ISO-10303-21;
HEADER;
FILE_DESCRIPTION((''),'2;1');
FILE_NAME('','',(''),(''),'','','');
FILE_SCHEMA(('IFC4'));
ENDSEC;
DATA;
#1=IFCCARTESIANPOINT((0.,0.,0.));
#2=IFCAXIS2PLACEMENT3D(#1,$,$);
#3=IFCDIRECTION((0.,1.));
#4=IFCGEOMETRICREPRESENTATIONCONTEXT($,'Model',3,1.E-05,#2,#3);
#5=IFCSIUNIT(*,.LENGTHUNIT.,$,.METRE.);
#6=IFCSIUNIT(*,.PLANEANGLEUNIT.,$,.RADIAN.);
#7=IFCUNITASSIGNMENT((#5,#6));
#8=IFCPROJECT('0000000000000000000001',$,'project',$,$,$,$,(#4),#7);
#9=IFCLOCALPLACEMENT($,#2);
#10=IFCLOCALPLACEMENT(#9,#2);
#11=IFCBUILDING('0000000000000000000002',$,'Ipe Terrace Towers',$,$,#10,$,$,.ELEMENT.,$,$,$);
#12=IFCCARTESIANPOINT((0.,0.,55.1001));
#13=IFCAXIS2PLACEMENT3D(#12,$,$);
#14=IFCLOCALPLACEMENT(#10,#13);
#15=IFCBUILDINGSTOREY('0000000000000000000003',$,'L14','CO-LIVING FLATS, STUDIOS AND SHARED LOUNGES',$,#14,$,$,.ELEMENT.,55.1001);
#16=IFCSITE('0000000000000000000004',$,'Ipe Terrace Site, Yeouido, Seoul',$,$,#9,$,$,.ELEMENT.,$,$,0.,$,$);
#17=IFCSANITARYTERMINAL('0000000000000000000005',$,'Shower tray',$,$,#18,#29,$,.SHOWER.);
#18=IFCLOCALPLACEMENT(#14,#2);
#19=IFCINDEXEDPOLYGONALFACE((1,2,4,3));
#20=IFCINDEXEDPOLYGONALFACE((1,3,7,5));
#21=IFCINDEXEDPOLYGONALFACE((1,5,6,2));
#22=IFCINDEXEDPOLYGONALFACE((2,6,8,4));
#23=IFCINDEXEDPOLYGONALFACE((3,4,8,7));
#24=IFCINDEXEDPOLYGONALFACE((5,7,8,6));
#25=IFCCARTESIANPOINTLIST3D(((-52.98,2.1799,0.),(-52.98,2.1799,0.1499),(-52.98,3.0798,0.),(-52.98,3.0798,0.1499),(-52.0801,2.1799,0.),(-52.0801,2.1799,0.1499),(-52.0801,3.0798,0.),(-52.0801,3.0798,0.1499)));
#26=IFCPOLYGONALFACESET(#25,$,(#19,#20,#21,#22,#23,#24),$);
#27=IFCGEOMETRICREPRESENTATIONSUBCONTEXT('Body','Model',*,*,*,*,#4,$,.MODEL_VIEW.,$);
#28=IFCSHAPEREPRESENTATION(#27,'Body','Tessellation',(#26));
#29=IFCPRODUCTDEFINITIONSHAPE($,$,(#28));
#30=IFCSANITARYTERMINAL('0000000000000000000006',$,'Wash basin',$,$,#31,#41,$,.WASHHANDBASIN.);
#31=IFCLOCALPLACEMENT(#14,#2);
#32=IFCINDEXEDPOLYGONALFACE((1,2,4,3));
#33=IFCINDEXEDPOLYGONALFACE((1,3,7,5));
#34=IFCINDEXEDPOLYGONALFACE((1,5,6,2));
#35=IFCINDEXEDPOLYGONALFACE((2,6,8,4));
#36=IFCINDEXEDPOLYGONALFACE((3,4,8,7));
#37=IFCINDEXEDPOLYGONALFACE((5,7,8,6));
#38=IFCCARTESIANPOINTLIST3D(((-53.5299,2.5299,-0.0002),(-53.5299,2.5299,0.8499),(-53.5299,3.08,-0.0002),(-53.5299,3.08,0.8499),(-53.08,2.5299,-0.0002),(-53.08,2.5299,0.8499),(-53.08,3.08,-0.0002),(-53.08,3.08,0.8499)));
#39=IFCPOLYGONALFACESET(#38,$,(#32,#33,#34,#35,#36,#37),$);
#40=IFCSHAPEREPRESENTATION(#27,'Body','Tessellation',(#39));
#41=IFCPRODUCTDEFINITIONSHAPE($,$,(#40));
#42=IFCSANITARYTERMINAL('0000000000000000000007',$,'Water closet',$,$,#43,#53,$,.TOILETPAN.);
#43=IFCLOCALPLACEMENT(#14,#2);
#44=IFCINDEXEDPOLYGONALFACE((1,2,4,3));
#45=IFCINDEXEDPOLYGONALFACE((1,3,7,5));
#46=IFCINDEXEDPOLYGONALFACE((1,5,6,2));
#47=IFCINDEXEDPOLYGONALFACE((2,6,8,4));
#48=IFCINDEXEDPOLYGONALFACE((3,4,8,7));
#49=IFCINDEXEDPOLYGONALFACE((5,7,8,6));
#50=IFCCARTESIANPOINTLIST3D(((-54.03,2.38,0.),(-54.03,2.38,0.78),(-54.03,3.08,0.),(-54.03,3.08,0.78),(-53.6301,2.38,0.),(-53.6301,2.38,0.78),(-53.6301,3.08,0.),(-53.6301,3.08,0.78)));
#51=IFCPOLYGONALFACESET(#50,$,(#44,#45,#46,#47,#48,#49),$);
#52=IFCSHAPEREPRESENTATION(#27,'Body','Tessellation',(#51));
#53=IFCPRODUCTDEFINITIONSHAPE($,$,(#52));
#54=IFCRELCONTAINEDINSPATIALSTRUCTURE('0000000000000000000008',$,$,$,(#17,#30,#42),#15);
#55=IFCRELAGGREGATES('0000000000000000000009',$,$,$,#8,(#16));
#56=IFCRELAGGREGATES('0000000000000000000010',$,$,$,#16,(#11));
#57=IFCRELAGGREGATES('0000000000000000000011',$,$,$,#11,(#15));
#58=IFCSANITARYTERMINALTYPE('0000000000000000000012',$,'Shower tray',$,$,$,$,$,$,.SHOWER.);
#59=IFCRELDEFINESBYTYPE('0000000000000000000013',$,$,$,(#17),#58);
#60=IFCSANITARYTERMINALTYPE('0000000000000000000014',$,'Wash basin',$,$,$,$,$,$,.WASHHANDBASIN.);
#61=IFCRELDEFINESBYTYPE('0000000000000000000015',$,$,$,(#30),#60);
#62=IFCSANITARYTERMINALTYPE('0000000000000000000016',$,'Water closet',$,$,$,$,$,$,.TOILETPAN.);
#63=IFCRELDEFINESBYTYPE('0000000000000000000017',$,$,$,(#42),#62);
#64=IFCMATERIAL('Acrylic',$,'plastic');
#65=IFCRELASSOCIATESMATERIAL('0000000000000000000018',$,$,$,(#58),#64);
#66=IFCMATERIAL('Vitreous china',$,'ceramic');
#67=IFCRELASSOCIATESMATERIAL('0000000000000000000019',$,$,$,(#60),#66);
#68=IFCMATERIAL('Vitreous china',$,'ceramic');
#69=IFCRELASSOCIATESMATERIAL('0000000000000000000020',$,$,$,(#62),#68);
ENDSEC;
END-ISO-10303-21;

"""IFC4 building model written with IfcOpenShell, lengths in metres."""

from ifc_helpers import new_model, si_unit, direction, frame, origin, origin_2d, place, context, subcontext, project, spatial, rectangle, extrude, material, type_object, element, save


model = new_model("IFC4")

# Units and contexts
model_context = context("Model", 3, precision=1e-05, world=origin(), true_north=direction((0.0, 1.0)))
body_context = subcontext(model_context, "Body", "Model", "MODEL_VIEW")
ifc_project = project(units=[si_unit("LENGTHUNIT", "METRE"), si_unit("PLANEANGLEUNIT", "RADIAN")], contexts=[model_context])

# Site, building, storey
site_placement = place(None, origin())
site = spatial("IfcSite", under=ifc_project, at=site_placement, Name="Ipe Terrace Site, Yeouido, Seoul", CompositionType="ELEMENT", RefElevation=0.0)
building_placement = place(site_placement, origin())
building = spatial("IfcBuilding", under=site, at=building_placement, Name="Ipe Terrace Towers", CompositionType="ELEMENT")
storey_placement = place(building_placement, frame((0.0, 0.0, 55.1001)))
storey = spatial("IfcBuildingStorey", under=building, at=storey_placement, Name="L14", Description="CO-LIVING FLATS, STUDIOS AND SHARED LOUNGES", CompositionType="ELEMENT", Elevation=55.1001)

# Sanitary terminals
ifc_material_1 = material(Name="Acrylic", Category="plastic")
sanitary_terminal_type_1 = type_object("IfcSanitaryTerminalType", Name="Shower tray", PredefinedType="SHOWER", material=ifc_material_1)
sanitary_terminal_1_placement = place(storey_placement, frame((-52.53, 2.6299, 0.0), z_axis=(0.0, 0.0, 1.0), x_axis=(0.0, -1.0, 0.0)))
element("IfcSanitaryTerminal", 1, at=sanitary_terminal_1_placement, inside=storey, type_object=sanitary_terminal_type_1, Name="Shower tray", PredefinedType="SHOWER", context=body_context, shape_type="SweptSolid", body=[
    extrude(rectangle(XDim=0.8999, YDim=0.8999, at=origin_2d()), origin(), (0.0, 0.0, 1.0), 0.1499),
])
ifc_material_2 = material(Name="Vitreous china", Category="ceramic")
sanitary_terminal_type_2 = type_object("IfcSanitaryTerminalType", Name="Wash basin", PredefinedType="WASHHANDBASIN", material=ifc_material_2)
sanitary_terminal_2_placement = place(storey_placement, frame((-53.3049, 2.8049, -0.0002), z_axis=(0.0, 0.0, 1.0), x_axis=(0.0, -1.0, 0.0)))
element("IfcSanitaryTerminal", 2, at=sanitary_terminal_2_placement, inside=storey, type_object=sanitary_terminal_type_2, Name="Wash basin", PredefinedType="WASHHANDBASIN", context=body_context, shape_type="SweptSolid", body=[
    extrude(rectangle(XDim=0.55, YDim=0.45, at=origin_2d()), origin(), (0.0, 0.0, 1.0), 0.8501),
])
ifc_material_3 = material(Name="Vitreous china", Category="ceramic")
sanitary_terminal_type_3 = type_object("IfcSanitaryTerminalType", Name="Water closet", PredefinedType="TOILETPAN", material=ifc_material_3)
sanitary_terminal_3_placement = place(storey_placement, frame((-53.8301, 2.73, 0.0), z_axis=(0.0, 0.0, 1.0), x_axis=(0.0, -1.0, 0.0)))
element("IfcSanitaryTerminal", 3, at=sanitary_terminal_3_placement, inside=storey, type_object=sanitary_terminal_type_3, Name="Water closet", PredefinedType="TOILETPAN", context=body_context, shape_type="SweptSolid", body=[
    extrude(rectangle(XDim=0.7, YDim=0.3999, at=origin_2d()), origin(), (0.0, 0.0, 1.0), 0.78),
])

save(model, "model.ifc")
